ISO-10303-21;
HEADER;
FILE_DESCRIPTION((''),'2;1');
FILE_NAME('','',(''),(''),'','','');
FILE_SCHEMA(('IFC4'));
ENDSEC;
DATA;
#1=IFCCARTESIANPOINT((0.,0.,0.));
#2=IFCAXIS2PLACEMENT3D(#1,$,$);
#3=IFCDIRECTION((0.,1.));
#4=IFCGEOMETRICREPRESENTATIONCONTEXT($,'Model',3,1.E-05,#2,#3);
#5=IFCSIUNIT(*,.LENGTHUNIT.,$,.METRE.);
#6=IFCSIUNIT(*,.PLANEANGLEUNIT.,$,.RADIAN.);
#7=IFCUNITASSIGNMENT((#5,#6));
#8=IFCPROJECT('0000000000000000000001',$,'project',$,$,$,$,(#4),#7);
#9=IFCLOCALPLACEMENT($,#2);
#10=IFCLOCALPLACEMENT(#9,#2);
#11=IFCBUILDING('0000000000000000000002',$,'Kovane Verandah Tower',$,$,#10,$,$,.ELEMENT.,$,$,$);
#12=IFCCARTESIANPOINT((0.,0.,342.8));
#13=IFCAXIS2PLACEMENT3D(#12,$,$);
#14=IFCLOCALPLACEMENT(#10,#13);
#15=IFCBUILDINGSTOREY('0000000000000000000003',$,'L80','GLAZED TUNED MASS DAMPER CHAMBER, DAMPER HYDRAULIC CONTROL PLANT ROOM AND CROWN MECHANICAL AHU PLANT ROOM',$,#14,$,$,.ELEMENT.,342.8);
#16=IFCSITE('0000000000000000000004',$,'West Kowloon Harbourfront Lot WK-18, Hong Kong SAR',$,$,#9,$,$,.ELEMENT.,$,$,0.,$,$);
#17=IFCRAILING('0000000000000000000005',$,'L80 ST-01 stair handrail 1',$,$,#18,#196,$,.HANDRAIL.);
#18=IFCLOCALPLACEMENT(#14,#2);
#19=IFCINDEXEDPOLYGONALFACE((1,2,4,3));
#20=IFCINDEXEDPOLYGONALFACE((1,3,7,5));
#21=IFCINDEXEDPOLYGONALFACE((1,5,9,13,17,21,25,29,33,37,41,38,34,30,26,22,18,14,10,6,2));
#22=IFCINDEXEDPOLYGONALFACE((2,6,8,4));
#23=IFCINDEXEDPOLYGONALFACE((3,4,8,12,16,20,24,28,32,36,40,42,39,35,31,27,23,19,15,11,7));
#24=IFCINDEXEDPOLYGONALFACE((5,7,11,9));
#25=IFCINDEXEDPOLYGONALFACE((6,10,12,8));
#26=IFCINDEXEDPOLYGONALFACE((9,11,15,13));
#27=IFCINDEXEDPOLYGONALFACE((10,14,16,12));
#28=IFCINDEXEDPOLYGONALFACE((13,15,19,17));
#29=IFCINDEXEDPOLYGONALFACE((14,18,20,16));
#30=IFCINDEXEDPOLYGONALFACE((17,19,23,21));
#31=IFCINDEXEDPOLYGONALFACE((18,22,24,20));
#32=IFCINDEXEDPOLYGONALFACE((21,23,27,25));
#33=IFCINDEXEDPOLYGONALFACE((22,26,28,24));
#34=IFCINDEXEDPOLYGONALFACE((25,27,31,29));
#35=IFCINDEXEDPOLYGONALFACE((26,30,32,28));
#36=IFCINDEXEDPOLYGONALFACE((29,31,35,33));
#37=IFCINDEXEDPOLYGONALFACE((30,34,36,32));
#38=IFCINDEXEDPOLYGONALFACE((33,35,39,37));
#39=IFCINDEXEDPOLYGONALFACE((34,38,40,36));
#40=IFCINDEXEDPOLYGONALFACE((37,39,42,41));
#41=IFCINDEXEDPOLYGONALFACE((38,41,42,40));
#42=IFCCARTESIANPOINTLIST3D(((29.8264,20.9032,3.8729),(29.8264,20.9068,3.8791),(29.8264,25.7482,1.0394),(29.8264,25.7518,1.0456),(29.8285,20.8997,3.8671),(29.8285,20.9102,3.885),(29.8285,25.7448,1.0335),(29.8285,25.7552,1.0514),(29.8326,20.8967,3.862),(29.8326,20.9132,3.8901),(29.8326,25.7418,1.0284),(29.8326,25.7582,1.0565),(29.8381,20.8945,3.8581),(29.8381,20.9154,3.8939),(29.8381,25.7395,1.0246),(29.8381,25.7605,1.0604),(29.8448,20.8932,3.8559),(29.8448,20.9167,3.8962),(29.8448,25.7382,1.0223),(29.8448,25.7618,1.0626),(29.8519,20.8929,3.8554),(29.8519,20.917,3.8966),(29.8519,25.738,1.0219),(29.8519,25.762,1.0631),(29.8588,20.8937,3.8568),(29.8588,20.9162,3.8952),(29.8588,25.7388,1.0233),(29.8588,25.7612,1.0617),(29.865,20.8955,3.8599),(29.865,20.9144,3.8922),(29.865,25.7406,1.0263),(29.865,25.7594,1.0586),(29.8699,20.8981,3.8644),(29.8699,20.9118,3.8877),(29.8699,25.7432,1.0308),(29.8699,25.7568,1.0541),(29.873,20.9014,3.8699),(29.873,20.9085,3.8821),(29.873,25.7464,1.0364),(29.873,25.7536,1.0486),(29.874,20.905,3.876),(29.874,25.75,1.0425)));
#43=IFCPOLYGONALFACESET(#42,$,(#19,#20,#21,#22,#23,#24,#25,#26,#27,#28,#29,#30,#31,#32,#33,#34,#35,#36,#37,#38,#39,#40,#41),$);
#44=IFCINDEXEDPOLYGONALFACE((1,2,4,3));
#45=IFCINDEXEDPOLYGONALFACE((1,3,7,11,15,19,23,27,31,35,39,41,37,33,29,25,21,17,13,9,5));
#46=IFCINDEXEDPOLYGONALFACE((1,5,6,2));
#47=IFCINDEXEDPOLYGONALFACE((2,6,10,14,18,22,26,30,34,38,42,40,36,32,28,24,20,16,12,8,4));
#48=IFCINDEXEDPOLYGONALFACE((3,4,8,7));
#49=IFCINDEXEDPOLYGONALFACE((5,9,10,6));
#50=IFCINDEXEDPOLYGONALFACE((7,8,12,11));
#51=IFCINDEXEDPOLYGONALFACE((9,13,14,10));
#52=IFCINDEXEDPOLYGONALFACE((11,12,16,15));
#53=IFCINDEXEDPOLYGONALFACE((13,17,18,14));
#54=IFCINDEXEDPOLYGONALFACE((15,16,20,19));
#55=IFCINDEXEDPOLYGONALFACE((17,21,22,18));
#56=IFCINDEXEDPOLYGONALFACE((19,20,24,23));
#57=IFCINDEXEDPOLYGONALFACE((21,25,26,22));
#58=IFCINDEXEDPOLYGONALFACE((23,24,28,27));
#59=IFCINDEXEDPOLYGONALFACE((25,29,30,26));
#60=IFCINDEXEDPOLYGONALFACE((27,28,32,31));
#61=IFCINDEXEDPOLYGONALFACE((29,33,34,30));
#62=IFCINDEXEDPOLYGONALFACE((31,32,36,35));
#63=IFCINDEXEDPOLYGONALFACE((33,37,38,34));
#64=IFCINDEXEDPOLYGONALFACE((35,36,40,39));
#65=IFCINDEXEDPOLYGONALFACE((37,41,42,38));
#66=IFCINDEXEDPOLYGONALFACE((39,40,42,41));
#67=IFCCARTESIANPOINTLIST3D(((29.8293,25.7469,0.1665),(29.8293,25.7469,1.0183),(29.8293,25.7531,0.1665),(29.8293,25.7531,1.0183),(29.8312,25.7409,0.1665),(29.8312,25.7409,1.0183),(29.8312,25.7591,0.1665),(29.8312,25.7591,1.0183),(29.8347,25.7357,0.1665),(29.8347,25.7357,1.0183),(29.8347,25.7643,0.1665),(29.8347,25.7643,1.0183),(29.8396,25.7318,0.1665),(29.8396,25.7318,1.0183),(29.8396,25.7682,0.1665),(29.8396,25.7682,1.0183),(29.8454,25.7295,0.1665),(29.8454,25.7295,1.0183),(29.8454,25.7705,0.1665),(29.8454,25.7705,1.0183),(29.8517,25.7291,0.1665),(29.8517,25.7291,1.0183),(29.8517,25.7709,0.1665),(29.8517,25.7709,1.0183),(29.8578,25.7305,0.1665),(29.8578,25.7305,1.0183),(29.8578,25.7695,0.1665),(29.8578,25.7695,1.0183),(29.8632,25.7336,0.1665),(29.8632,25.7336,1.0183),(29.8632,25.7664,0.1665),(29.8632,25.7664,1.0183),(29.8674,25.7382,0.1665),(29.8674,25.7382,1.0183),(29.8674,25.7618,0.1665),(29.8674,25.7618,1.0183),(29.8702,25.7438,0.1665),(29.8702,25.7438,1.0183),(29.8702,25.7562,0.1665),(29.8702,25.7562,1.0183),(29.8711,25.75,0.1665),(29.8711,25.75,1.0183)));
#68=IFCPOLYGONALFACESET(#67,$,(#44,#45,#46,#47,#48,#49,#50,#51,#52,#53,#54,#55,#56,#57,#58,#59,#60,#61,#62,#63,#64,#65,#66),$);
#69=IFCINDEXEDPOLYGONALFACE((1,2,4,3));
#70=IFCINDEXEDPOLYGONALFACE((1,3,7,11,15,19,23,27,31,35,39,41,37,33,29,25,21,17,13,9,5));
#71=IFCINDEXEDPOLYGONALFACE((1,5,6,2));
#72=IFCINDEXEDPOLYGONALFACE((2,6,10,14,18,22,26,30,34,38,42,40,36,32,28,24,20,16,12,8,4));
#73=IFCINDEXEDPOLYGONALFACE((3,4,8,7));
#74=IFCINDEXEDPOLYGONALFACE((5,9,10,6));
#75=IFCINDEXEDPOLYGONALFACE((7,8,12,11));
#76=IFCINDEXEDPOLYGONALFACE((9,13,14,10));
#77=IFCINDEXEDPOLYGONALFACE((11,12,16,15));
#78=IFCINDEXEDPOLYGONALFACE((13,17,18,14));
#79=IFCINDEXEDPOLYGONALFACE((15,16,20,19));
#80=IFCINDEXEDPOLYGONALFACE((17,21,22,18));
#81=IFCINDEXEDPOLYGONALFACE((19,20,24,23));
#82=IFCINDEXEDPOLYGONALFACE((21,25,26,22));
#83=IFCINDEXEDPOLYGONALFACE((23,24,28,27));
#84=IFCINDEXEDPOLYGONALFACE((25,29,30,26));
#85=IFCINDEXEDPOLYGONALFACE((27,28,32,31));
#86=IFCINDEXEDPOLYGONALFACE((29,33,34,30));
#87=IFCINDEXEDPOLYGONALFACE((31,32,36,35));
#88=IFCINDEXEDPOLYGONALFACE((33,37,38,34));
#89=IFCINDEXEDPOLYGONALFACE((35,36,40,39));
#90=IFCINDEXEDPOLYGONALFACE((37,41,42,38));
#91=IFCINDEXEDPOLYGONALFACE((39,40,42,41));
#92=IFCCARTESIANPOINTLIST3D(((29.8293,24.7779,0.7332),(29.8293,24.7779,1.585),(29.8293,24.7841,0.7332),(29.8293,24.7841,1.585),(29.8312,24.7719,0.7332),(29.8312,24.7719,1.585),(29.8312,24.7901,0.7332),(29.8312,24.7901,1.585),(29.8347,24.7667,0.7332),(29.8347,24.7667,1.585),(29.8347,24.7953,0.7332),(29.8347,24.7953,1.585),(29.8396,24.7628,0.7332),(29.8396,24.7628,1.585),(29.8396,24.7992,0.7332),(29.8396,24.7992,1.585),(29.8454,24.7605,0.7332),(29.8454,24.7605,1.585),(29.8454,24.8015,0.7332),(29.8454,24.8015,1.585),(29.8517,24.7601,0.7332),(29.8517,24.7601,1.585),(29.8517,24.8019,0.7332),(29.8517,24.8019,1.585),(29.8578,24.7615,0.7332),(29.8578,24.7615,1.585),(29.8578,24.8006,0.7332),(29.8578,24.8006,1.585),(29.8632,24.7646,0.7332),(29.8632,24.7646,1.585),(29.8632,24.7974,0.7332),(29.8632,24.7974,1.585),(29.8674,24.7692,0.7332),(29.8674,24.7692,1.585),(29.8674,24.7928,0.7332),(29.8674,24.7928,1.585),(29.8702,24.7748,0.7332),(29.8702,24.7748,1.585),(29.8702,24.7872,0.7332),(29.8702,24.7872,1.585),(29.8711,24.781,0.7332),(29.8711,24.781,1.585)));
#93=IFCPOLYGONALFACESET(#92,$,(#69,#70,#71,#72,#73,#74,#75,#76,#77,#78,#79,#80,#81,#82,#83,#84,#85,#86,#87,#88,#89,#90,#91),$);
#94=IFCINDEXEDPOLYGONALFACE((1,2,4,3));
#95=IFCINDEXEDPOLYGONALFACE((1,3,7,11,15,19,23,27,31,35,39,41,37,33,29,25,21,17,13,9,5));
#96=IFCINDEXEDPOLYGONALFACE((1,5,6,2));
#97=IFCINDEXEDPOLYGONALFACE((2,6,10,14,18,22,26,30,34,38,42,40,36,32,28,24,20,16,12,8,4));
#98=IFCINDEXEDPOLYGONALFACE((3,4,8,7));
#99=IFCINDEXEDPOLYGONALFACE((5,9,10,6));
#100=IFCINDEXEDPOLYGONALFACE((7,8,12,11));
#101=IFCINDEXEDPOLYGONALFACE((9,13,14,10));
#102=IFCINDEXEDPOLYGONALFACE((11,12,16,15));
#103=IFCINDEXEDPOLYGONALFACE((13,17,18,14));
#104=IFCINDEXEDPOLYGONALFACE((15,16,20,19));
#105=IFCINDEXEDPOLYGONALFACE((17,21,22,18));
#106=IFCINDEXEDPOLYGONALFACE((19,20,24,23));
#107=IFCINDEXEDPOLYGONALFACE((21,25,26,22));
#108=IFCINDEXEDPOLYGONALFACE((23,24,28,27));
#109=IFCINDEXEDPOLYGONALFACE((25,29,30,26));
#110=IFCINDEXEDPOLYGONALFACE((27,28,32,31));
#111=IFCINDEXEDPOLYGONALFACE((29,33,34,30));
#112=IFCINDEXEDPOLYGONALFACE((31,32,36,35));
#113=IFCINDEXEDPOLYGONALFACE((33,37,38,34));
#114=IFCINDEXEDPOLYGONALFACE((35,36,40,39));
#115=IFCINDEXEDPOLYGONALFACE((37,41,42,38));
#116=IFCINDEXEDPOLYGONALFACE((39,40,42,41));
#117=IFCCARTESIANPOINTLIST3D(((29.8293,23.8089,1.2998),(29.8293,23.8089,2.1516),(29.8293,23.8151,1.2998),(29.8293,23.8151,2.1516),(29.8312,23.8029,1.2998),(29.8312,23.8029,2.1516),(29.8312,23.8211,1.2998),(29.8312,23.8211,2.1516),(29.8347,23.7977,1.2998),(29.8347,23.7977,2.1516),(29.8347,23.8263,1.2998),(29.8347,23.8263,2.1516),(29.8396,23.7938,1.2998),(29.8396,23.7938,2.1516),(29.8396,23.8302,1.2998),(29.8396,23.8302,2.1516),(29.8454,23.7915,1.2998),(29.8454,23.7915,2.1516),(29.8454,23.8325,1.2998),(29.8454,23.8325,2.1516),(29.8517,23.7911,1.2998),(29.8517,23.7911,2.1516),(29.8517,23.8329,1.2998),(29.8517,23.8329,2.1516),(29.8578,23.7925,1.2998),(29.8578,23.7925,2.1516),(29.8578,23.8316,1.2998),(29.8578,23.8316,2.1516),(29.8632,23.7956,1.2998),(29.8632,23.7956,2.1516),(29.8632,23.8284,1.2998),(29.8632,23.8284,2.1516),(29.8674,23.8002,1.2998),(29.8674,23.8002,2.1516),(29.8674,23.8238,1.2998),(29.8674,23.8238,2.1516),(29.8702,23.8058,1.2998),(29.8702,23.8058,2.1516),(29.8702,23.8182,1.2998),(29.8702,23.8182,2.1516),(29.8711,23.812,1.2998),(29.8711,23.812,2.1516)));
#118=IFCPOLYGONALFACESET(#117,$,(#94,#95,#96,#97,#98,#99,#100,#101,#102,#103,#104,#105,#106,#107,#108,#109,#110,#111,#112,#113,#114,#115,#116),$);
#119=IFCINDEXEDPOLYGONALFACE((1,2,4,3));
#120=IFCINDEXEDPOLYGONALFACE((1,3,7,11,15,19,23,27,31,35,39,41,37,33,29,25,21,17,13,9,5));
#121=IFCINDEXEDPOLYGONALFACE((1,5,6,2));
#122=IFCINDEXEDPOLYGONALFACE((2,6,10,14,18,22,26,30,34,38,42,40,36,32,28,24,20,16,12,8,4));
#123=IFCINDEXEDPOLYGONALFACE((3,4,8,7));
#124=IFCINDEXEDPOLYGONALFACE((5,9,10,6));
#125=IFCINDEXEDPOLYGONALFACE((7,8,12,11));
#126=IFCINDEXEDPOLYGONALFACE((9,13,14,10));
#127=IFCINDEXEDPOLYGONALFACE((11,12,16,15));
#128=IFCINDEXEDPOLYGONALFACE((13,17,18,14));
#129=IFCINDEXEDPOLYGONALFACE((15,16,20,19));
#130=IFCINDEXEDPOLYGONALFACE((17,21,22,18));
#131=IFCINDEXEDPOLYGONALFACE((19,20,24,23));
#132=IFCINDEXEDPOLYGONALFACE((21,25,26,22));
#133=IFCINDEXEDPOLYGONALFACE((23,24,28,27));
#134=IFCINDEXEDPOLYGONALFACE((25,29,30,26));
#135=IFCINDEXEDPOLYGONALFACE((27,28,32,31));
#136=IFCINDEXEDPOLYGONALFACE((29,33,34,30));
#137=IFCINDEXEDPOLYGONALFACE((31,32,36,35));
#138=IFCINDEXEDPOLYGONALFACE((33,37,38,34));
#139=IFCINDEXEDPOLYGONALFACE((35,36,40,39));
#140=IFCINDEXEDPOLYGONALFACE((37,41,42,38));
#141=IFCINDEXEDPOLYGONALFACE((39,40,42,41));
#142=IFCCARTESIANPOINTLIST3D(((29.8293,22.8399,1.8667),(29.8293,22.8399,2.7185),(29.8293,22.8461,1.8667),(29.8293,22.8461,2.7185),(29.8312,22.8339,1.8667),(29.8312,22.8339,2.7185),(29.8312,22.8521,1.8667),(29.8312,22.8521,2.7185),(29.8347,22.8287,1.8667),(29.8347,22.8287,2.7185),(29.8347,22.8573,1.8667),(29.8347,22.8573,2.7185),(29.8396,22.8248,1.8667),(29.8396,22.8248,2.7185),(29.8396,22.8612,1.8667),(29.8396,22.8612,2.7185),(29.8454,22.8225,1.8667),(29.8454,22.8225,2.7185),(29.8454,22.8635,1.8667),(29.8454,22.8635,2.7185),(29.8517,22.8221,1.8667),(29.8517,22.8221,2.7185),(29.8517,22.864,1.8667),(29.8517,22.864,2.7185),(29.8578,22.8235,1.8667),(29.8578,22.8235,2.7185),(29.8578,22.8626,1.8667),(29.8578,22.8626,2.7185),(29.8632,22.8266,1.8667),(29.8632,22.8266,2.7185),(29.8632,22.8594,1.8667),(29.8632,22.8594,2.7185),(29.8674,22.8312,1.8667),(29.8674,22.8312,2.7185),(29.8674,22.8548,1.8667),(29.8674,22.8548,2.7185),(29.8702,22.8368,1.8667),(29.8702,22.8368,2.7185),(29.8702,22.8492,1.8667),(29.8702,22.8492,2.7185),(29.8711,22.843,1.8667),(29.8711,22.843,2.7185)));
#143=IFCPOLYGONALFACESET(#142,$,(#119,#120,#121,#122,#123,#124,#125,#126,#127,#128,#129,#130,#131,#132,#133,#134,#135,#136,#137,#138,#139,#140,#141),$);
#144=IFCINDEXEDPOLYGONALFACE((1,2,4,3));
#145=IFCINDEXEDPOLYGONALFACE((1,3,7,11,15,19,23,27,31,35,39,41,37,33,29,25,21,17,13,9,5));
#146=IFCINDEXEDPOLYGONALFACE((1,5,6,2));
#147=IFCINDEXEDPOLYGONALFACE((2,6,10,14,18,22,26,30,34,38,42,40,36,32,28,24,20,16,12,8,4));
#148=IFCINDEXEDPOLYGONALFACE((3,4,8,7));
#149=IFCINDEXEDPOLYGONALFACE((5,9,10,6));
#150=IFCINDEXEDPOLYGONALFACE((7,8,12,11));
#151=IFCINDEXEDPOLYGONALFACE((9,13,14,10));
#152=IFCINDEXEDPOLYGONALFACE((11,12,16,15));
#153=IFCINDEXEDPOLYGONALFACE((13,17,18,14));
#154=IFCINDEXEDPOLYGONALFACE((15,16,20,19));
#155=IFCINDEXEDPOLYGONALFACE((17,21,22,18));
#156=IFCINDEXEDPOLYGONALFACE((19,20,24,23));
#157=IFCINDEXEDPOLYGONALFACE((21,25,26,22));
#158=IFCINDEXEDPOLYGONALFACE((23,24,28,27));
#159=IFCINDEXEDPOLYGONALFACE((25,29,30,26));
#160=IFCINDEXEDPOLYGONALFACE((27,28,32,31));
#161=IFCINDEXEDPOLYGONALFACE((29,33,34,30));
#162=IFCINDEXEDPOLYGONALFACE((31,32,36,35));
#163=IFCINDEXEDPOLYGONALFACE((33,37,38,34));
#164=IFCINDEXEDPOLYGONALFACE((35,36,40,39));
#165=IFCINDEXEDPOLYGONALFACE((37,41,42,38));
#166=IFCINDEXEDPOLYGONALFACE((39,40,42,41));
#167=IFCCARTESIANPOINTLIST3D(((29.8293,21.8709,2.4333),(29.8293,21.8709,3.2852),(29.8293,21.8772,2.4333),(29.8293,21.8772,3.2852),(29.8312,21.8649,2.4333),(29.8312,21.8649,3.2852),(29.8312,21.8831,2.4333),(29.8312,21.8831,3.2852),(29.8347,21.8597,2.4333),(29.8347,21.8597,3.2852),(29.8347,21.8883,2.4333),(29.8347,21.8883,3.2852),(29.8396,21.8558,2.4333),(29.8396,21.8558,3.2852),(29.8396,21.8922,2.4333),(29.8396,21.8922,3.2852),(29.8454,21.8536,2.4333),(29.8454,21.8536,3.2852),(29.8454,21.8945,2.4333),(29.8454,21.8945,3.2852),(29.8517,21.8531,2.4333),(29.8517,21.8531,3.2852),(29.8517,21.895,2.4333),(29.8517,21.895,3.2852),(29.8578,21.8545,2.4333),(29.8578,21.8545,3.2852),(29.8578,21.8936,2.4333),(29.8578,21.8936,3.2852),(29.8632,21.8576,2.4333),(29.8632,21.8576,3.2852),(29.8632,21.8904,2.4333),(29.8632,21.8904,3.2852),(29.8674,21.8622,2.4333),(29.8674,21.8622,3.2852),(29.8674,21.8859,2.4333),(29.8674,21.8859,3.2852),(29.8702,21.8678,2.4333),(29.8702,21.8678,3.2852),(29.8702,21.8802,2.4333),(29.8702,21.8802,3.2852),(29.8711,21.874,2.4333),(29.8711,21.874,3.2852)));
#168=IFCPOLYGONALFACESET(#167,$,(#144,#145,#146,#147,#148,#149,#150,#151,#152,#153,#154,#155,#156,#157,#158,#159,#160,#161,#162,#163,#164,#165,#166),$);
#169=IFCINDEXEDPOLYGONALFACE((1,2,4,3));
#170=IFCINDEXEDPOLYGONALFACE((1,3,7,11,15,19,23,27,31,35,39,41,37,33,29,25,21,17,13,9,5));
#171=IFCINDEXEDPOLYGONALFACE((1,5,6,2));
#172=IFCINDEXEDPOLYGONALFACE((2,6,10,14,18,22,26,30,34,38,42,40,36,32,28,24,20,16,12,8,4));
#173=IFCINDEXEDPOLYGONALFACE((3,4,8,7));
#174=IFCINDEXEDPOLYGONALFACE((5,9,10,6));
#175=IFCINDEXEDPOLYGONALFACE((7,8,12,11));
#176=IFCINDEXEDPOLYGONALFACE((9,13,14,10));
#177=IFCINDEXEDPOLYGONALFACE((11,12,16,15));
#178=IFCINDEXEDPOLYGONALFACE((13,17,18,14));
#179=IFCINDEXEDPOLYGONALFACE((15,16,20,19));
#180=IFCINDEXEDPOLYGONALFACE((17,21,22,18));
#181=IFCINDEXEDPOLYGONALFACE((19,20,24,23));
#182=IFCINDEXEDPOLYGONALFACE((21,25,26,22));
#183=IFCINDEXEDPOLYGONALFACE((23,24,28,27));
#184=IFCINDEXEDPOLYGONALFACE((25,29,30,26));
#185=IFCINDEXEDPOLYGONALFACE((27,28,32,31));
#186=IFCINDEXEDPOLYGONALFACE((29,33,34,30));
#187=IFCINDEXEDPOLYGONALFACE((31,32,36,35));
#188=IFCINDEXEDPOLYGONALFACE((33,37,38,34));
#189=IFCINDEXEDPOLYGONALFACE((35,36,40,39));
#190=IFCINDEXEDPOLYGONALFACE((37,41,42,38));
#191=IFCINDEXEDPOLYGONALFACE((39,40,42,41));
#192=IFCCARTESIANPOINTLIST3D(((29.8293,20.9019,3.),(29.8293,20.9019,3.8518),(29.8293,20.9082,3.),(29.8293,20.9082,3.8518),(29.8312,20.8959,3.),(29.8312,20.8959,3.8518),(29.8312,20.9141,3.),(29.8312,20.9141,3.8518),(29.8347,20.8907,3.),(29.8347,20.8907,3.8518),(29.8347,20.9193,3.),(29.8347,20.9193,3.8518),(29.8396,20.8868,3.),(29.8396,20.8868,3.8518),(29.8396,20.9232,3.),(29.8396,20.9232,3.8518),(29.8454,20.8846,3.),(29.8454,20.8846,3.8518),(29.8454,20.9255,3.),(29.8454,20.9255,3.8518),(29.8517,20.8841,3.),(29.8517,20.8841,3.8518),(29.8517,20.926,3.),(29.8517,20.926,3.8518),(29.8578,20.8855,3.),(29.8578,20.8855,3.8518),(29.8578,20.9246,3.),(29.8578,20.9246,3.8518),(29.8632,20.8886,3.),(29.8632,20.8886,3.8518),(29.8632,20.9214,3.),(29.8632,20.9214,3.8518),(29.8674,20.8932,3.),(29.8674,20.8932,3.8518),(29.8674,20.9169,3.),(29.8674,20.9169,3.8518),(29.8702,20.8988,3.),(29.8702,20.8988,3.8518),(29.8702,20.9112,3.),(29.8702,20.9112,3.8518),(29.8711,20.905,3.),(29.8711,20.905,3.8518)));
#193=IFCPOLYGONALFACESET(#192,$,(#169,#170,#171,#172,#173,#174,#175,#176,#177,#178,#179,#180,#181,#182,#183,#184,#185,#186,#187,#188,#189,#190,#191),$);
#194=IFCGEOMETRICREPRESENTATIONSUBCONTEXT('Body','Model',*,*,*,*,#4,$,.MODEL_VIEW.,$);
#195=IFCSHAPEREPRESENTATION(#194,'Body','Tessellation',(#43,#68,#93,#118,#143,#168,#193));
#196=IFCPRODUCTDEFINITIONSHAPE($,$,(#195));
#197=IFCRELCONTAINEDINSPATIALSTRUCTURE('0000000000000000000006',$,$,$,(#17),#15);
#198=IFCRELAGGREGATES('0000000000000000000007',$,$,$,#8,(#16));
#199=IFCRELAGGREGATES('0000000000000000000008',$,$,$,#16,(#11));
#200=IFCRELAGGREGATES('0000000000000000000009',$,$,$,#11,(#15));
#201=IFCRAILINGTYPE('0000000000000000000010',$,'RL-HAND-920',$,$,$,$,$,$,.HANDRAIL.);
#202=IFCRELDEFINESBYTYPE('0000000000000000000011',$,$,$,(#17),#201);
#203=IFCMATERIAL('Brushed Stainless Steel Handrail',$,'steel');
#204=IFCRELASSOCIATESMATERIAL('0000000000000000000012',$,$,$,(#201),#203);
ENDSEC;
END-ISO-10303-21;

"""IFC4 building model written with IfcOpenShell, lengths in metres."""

from ifc_helpers import new_model, si_unit, direction, frame, origin, origin_2d, place, context, subcontext, project, spatial, circle, extrude, material, type_object, element, save


model = new_model("IFC4")

# Units and contexts
model_context = context("Model", 3, precision=1e-05, world=origin(), true_north=direction((0.0, 1.0)))
body_context = subcontext(model_context, "Body", "Model", "MODEL_VIEW")
ifc_project = project(units=[si_unit("LENGTHUNIT", "METRE"), si_unit("PLANEANGLEUNIT", "RADIAN")], contexts=[model_context])

# Site, building, storey
site_placement = place(None, origin())
site = spatial("IfcSite", under=ifc_project, at=site_placement, Name="West Kowloon Harbourfront Lot WK-18, Hong Kong SAR", CompositionType="ELEMENT", RefElevation=0.0)
building_placement = place(site_placement, origin())
building = spatial("IfcBuilding", under=site, at=building_placement, Name="Kovane Verandah Tower", CompositionType="ELEMENT")
storey_placement = place(building_placement, frame((0.0, 0.0, 342.8)))
storey = spatial("IfcBuildingStorey", under=building, at=storey_placement, Name="L80", Description="GLAZED TUNED MASS DAMPER CHAMBER, DAMPER HYDRAULIC CONTROL PLANT ROOM AND CROWN MECHANICAL AHU PLANT ROOM", CompositionType="ELEMENT", Elevation=342.8)

# Railing
ifc_material_1 = material(Name="Brushed Stainless Steel Handrail", Category="steel")
railing_type_1 = type_object("IfcRailingType", Name="RL-HAND-920", PredefinedType="HANDRAIL", material=ifc_material_1)
railing_1_placement = place(storey_placement, frame((29.8501, 25.75, 0.1665)))
element("IfcRailing", 1, at=railing_1_placement, inside=storey, type_object=railing_type_1, Name="L80 ST-01 stair handrail 1", PredefinedType="HANDRAIL", context=body_context, shape_type="SweptSolid", body=[
    extrude(circle(Radius=0.0239, at=origin_2d()), frame((0.0, 0.0, 0.876), z_axis=(0.0, -0.863215, 0.504836), x_axis=(1.0, 0.0, 0.0)), (0.0, 0.0, 1.0), 5.6128),
    extrude(circle(Radius=0.021, at=origin_2d()), origin(), (0.0, 0.0, 1.0), 0.8518),
    extrude(circle(Radius=0.021, at=origin_2d()), frame((0.0, -0.969, 0.5667)), (0.0, 0.0, 1.0), 0.8518),
    extrude(circle(Radius=0.021, at=origin_2d()), frame((0.0, -1.938, 1.1333)), (0.0, 0.0, 1.0), 0.8518),
    extrude(circle(Radius=0.021, at=origin_2d()), frame((0.0, -2.907, 1.7002)), (0.0, 0.0, 1.0), 0.8518),
    extrude(circle(Radius=0.021, at=origin_2d()), frame((0.0, -3.876, 2.2668)), (0.0, 0.0, 1.0), 0.8518),
    extrude(circle(Radius=0.021, at=origin_2d()), frame((0.0, -4.845, 2.8335)), (0.0, 0.0, 1.0), 0.8518),
])

save(model, "model.ifc")
